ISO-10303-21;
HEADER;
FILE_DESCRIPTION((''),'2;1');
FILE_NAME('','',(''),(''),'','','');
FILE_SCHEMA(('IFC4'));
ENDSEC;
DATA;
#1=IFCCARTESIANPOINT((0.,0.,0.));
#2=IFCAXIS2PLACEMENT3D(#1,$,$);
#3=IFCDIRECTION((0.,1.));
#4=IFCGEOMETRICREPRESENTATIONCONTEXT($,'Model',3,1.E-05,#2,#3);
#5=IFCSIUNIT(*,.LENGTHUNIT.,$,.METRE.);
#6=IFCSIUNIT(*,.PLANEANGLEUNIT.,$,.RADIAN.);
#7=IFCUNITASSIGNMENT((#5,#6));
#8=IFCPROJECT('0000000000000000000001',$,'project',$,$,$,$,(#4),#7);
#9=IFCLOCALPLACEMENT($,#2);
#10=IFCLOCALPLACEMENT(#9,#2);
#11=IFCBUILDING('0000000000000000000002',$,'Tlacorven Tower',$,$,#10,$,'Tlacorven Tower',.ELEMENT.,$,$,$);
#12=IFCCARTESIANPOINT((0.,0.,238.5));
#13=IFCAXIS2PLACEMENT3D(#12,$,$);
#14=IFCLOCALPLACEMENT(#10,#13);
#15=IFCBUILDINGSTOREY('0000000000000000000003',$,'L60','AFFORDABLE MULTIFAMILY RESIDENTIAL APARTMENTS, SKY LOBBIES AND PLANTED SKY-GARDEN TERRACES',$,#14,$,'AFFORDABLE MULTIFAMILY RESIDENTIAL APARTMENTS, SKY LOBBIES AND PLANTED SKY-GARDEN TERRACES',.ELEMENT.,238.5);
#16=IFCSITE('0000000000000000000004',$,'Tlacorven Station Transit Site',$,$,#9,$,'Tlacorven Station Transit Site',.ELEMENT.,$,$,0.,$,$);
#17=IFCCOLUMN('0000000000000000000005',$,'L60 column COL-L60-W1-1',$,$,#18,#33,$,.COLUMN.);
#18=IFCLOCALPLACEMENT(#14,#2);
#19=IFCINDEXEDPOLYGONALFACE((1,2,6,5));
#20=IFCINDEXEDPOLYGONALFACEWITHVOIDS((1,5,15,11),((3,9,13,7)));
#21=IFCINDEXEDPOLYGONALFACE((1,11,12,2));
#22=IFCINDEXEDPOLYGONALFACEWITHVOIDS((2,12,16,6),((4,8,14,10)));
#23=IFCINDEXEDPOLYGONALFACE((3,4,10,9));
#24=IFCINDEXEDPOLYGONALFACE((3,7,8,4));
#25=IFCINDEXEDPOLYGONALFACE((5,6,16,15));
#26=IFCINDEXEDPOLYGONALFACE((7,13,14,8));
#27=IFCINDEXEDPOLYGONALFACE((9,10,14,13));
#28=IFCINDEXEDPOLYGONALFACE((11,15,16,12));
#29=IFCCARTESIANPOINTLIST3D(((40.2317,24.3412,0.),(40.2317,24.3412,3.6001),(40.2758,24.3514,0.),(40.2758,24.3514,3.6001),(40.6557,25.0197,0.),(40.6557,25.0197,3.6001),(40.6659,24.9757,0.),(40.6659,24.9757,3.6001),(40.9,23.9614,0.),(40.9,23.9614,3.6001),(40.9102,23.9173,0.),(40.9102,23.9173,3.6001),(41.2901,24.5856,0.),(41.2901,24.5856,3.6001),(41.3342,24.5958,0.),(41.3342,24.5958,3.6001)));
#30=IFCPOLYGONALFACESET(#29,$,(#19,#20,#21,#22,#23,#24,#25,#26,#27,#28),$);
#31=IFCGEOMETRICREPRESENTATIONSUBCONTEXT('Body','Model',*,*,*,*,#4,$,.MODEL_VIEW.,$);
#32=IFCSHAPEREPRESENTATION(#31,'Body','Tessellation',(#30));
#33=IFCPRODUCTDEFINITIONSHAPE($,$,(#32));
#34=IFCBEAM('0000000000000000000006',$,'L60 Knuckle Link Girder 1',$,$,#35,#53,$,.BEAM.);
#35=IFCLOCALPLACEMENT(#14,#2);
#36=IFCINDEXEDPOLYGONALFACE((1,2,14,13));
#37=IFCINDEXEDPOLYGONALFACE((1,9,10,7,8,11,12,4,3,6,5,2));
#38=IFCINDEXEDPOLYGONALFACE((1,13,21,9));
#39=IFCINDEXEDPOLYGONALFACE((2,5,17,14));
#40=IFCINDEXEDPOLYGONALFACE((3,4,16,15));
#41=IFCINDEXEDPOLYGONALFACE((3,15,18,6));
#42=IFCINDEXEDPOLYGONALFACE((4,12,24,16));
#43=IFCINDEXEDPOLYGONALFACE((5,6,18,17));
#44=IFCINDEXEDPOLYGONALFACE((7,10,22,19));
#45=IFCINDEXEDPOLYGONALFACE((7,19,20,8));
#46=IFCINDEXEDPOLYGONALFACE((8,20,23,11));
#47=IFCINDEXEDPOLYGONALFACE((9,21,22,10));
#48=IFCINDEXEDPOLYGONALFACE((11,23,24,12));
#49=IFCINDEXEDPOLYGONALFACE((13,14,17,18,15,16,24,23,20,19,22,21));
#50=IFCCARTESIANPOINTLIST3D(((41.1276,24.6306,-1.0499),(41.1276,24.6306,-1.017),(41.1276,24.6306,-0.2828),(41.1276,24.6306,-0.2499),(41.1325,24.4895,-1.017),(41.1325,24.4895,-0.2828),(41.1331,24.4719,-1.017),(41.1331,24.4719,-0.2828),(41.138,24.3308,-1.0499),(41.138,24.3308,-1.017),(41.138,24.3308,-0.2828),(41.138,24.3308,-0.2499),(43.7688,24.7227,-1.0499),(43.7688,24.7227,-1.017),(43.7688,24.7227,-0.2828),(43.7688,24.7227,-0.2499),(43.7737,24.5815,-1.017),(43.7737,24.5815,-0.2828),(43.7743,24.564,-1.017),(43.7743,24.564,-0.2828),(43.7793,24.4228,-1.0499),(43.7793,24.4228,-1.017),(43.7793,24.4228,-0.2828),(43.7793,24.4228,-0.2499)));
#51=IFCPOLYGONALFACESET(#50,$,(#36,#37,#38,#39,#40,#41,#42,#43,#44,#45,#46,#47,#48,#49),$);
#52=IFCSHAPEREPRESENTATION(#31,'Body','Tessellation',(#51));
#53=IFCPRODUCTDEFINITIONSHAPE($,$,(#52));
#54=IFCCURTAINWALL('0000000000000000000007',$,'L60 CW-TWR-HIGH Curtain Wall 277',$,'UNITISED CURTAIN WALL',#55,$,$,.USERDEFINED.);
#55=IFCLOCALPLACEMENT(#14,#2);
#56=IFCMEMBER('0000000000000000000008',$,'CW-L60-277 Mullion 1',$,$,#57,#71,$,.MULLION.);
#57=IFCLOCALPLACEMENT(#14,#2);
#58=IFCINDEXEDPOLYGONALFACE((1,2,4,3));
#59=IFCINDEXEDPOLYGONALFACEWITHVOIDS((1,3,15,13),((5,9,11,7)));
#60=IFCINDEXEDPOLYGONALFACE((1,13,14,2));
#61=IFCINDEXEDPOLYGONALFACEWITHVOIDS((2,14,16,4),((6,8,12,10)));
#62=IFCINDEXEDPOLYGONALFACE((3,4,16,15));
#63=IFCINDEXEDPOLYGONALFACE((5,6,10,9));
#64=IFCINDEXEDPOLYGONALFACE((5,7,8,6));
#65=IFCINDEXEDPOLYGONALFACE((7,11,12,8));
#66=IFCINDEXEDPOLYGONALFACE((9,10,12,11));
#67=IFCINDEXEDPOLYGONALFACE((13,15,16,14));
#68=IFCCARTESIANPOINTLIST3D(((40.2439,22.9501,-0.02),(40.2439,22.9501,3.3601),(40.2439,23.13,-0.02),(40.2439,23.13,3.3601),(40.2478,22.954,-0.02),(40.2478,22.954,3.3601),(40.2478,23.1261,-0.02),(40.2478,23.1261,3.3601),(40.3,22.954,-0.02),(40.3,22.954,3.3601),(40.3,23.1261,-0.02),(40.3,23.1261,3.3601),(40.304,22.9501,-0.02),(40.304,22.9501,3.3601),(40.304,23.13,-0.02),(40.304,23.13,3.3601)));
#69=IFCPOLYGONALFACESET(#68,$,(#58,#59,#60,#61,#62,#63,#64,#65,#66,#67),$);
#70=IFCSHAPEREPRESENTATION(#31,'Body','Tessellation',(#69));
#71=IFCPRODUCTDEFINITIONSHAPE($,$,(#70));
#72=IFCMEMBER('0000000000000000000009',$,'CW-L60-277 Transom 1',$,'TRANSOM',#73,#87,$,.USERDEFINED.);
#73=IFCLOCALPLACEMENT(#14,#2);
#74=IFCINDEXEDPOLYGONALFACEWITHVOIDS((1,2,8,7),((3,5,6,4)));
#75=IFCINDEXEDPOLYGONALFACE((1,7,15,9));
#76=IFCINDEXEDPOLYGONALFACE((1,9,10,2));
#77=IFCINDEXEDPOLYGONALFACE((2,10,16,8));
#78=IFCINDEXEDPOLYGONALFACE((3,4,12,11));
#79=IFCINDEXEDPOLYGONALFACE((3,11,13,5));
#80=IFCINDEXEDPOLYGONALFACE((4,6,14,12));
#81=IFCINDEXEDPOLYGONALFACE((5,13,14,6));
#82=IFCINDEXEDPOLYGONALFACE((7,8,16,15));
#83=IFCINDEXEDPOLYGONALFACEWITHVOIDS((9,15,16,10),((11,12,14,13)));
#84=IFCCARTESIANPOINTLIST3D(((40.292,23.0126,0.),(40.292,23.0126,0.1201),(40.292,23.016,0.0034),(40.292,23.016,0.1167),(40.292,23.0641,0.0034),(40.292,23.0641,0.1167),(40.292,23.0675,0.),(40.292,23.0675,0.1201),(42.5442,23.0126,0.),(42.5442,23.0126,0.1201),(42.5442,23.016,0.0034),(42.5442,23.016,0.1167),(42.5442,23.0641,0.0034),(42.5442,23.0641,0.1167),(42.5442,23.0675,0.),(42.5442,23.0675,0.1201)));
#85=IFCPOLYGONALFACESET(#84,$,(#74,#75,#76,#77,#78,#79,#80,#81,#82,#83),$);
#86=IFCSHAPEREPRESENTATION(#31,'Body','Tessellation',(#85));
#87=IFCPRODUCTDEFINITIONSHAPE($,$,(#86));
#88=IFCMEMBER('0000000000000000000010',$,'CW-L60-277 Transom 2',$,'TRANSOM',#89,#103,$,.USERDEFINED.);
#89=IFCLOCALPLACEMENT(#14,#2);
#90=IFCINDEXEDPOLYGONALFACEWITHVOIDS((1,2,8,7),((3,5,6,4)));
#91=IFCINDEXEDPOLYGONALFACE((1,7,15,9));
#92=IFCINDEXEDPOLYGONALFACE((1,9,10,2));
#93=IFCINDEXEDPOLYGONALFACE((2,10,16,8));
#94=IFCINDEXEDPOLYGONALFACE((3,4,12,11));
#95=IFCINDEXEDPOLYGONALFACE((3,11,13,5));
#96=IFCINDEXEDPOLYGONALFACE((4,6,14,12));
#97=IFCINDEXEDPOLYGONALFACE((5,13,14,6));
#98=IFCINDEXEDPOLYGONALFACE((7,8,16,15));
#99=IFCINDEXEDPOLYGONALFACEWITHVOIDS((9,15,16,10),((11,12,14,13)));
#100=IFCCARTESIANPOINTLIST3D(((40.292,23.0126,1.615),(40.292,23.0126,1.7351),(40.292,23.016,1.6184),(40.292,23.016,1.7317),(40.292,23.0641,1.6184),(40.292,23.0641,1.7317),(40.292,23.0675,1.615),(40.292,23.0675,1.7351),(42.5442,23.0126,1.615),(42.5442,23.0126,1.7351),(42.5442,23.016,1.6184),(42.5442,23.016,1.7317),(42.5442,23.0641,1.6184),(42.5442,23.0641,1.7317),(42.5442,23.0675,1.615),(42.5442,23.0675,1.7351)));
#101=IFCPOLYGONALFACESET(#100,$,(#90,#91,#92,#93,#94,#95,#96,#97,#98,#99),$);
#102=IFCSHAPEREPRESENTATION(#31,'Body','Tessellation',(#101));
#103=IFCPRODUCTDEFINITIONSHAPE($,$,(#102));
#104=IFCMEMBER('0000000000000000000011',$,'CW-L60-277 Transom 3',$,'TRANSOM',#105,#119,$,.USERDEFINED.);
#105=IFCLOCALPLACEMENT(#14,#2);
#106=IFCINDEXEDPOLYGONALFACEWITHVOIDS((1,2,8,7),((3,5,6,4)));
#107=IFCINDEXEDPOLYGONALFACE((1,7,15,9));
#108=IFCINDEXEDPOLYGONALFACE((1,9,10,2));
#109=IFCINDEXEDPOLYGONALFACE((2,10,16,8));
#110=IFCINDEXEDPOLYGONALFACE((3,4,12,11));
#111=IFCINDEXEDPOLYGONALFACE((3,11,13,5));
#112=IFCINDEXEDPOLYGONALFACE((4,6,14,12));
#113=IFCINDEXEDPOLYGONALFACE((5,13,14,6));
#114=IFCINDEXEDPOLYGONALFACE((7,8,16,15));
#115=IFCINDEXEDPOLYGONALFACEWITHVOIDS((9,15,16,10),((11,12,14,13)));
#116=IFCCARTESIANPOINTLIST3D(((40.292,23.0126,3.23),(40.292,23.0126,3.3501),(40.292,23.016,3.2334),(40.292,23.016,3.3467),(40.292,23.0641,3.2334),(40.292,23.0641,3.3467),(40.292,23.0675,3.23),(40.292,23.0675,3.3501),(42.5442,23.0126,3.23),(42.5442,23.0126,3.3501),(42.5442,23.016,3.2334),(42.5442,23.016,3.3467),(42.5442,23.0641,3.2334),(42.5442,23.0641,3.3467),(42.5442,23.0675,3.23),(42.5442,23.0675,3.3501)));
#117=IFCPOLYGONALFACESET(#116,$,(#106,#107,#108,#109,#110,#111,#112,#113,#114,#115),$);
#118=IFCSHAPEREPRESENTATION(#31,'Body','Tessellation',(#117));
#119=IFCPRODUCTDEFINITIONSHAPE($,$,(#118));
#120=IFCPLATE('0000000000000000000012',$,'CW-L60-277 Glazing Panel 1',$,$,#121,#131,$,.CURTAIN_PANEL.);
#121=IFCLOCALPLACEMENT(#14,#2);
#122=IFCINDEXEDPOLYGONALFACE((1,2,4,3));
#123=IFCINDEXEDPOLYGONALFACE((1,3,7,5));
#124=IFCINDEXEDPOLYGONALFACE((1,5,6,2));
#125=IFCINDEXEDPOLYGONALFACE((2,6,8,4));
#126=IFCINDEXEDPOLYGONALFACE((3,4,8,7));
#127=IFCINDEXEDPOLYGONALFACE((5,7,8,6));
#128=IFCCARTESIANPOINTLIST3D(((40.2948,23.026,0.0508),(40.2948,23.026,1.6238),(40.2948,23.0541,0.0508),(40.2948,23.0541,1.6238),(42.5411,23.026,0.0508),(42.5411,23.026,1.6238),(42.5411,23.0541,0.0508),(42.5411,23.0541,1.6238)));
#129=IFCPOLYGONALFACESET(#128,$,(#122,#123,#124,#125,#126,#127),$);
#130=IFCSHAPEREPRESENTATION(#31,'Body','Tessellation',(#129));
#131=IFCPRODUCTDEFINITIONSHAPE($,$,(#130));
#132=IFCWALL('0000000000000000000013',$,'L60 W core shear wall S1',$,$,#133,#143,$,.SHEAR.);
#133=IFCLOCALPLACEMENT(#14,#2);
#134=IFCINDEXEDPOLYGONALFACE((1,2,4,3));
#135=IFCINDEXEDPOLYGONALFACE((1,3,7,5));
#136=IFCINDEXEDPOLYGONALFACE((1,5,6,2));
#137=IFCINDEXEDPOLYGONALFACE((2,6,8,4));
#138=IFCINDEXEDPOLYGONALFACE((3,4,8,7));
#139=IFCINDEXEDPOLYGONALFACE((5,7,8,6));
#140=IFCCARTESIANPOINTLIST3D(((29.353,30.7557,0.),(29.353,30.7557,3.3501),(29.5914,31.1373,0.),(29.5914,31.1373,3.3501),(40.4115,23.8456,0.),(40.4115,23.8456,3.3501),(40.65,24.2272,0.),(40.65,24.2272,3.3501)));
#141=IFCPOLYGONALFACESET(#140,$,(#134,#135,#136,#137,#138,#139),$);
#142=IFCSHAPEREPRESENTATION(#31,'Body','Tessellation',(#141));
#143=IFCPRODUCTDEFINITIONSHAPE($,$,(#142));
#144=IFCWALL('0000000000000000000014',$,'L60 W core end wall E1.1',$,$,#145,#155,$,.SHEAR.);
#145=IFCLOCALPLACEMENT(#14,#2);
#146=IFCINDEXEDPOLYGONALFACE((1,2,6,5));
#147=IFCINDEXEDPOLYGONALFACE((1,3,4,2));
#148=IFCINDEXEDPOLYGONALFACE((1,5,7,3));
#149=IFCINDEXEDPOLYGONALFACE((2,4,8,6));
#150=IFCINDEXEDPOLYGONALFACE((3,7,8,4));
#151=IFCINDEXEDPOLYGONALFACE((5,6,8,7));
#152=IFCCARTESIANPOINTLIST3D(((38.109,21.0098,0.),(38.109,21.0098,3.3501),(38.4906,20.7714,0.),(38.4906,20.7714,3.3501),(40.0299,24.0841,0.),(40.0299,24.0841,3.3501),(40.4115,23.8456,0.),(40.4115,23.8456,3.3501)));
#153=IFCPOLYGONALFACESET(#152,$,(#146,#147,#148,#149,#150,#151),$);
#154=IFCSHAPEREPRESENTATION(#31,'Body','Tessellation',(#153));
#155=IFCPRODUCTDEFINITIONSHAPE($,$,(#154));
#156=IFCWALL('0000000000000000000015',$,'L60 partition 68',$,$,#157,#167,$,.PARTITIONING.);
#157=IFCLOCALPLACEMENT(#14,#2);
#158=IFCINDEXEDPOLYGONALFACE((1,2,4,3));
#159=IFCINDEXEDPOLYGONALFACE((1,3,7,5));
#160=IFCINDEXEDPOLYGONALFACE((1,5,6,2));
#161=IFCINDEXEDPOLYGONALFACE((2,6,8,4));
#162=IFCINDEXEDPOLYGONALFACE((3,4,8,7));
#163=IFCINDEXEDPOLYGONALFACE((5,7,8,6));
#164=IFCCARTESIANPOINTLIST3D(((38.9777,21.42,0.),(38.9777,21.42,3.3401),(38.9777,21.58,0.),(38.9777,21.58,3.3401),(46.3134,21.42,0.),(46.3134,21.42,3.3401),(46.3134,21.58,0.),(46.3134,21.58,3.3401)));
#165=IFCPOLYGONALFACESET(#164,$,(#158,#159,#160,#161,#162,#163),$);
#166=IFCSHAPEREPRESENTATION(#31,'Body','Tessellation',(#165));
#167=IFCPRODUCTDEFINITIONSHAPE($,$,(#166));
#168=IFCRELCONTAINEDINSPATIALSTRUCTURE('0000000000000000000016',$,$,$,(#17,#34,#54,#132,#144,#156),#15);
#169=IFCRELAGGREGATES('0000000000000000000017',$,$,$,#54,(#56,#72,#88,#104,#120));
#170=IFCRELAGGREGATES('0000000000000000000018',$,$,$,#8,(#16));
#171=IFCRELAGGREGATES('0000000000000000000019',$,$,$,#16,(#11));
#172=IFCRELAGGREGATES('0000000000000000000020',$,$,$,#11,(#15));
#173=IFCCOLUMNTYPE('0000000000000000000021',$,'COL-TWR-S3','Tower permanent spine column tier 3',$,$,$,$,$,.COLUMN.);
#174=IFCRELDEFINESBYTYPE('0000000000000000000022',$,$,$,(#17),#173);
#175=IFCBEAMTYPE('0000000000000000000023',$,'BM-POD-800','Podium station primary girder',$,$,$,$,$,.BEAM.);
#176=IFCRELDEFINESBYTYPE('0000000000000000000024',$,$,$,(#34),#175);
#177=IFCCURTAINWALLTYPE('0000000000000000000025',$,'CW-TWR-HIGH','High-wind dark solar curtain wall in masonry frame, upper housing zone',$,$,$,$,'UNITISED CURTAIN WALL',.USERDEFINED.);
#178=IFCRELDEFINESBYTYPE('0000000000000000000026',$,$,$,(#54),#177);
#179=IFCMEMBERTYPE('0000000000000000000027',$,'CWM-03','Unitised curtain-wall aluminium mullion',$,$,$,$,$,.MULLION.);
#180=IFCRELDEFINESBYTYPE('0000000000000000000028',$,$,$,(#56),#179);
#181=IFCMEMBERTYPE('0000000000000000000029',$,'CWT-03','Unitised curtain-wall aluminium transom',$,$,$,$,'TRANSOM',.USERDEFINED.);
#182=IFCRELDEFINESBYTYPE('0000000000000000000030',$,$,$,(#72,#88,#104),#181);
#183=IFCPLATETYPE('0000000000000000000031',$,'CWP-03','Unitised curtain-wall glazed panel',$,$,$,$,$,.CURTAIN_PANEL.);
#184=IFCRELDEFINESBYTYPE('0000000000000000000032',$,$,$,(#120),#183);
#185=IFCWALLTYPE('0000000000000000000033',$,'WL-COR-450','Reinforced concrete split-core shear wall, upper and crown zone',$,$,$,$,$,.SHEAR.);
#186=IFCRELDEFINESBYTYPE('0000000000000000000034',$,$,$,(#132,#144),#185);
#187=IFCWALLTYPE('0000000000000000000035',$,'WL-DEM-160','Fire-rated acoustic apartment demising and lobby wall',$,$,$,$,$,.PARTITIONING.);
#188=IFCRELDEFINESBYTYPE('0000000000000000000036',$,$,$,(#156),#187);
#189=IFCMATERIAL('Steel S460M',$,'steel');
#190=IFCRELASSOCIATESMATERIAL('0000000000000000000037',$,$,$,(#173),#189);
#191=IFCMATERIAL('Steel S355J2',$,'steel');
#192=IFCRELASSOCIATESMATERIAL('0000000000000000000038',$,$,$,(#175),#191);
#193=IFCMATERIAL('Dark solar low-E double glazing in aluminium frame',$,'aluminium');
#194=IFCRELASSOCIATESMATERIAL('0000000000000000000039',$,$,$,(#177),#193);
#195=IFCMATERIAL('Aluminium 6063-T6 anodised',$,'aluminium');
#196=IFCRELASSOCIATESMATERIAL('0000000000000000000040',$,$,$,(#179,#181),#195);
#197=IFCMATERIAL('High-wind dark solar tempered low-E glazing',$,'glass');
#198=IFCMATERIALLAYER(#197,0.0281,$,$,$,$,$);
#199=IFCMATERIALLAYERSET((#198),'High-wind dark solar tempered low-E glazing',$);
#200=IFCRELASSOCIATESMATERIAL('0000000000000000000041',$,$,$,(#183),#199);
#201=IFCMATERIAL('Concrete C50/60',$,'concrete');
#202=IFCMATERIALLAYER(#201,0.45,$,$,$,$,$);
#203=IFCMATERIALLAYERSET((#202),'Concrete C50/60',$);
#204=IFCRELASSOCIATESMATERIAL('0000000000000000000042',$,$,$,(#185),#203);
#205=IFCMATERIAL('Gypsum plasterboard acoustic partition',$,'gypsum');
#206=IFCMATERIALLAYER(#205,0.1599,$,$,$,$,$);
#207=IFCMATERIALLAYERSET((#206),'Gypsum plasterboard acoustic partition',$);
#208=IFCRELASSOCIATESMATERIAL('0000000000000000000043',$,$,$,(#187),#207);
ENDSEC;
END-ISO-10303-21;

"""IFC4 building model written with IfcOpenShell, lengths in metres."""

from ifc_helpers import new_model, si_unit, direction, frame, frame_2d, origin, origin_2d, place, context, subcontext, project, spatial, rectangle, hollow_rectangle, i_section, extrude, source, transform, mapped, material, layer, layer_set, material_profile, profile_set, type_object, element, aggregate, save


model = new_model("IFC4")

# Units and contexts
model_context = context("Model", 3, precision=1e-05, world=origin(), true_north=direction((0.0, 1.0)))
body_context = subcontext(model_context, "Body", "Model", "MODEL_VIEW")
ifc_project = project(units=[si_unit("LENGTHUNIT", "METRE"), si_unit("PLANEANGLEUNIT", "RADIAN")], contexts=[model_context])

# Site, building, storey
site_placement = place(None, origin())
site = spatial("IfcSite", under=ifc_project, at=site_placement, Name="Tlacorven Station Transit Site", LongName="Tlacorven Station Transit Site", CompositionType="ELEMENT", RefElevation=0.0)
building_placement = place(site_placement, origin())
building = spatial("IfcBuilding", under=site, at=building_placement, Name="Tlacorven Tower", LongName="Tlacorven Tower", CompositionType="ELEMENT")
storey_placement = place(building_placement, frame((0.0, 0.0, 238.5)))
storey = spatial("IfcBuildingStorey", under=building, at=storey_placement, Name="L60", Description="AFFORDABLE MULTIFAMILY RESIDENTIAL APARTMENTS, SKY LOBBIES AND PLANTED SKY-GARDEN TERRACES", LongName="AFFORDABLE MULTIFAMILY RESIDENTIAL APARTMENTS, SKY LOBBIES AND PLANTED SKY-GARDEN TERRACES", CompositionType="ELEMENT", Elevation=238.5)

# Column
ifc_material_1 = material(Name="Steel S460M", Category="steel")
ifc_material_profile_1 = material_profile(ifc_material_1, hollow_rectangle(XDim=0.8, YDim=0.8, WallThickness=0.032, at=origin_2d()), Name="BOX 800X800X32")
ifc_profile_set_1 = profile_set([ifc_material_profile_1], Name="Steel S460M")
column_type = type_object("IfcColumnType", Name="COL-TWR-S3", Description="Tower permanent spine column tier 3", PredefinedType="COLUMN", material=ifc_profile_set_1)
shared_shape_1 = source(origin(), body_context, "Body", "SweptSolid", [
    extrude(hollow_rectangle(XDim=0.8, YDim=0.8, WallThickness=0.032, at=origin_2d()), origin(), (0.0, 0.0, 1.0), 3.6001),
])
column_placement = place(storey_placement, frame((40.783, 24.4685, 0.0), z_axis=(0.0, 0.0, 1.0), x_axis=(-0.848048, 0.529919, 0.0)))
element("IfcColumn", 1, at=column_placement, inside=storey, type_object=column_type, Name="L60 column COL-L60-W1-1", PredefinedType="COLUMN", context=body_context, shape_type="MappedRepresentation", body=[
    mapped(shared_shape_1, transform((0.0, 0.0, 0.0), scale=1.0)),
])

# Beam
ifc_material_2 = material(Name="Steel S355J2", Category="steel")
ifc_material_profile_2 = material_profile(ifc_material_2, i_section(OverallWidth=0.3, OverallDepth=0.8, WebThickness=0.0176, FlangeThickness=0.033, at=origin_2d()), Name="HEB 800")
ifc_profile_set_2 = profile_set([ifc_material_profile_2], Name="Steel S355J2")
beam_type = type_object("IfcBeamType", Name="BM-POD-800", Description="Podium station primary girder", PredefinedType="BEAM", material=ifc_profile_set_2)
shared_shape_2 = source(origin(), body_context, "Body", "SweptSolid", [
    extrude(i_section(OverallWidth=0.3, OverallDepth=0.8, WebThickness=0.0176, FlangeThickness=0.033, at=origin_2d()), origin(), (0.0, 0.0, 1.0), 2.6428),
])
beam_placement = place(storey_placement, frame((41.1328, 24.4807, -0.6499), z_axis=(0.999393, 0.034828, 0.0), x_axis=(-0.034828, 0.999393, 0.0)))
element("IfcBeam", 2, at=beam_placement, inside=storey, type_object=beam_type, Name="L60 Knuckle Link Girder 1", PredefinedType="BEAM", context=body_context, shape_type="MappedRepresentation", body=[
    mapped(shared_shape_2, transform((0.0, 0.0, 0.0), scale=1.0)),
])

# Curtain wall, members, plate
ifc_material_3 = material(Name="Dark solar low-E double glazing in aluminium frame", Category="aluminium")
curtain_wall_type = type_object("IfcCurtainWallType", Name="CW-TWR-HIGH", Description="High-wind dark solar curtain wall in masonry frame, upper housing zone", ElementType="UNITISED CURTAIN WALL", PredefinedType="USERDEFINED", material=ifc_material_3)
curtain_wall_placement = place(storey_placement, origin())
curtain_wall = element("IfcCurtainWall", 3, at=curtain_wall_placement, inside=storey, type_object=curtain_wall_type, Name="L60 CW-TWR-HIGH Curtain Wall 277", ObjectType="UNITISED CURTAIN WALL", PredefinedType="USERDEFINED")
ifc_material_4 = material(Name="Aluminium 6063-T6 anodised", Category="aluminium")
ifc_material_profile_3 = material_profile(ifc_material_4, hollow_rectangle(XDim=0.0601, YDim=0.1799, WallThickness=0.0039, at=origin_2d()), Name="ALU MULLION 60X180")
ifc_profile_set_3 = profile_set([ifc_material_profile_3], Name="Aluminium 6063-T6 anodised")
member_type_1 = type_object("IfcMemberType", Name="CWM-03", Description="Unitised curtain-wall aluminium mullion", PredefinedType="MULLION", material=ifc_profile_set_3)
shared_shape_3 = source(origin(), body_context, "Body", "SweptSolid", [
    extrude(hollow_rectangle(XDim=0.0601, YDim=0.1799, WallThickness=0.0039, at=origin_2d()), origin(), (0.0, 0.0, 1.0), 3.3801),
])
member_1_placement = place(storey_placement, frame((40.2739, 23.04, -0.02), z_axis=(0.0, 0.0, 1.0), x_axis=(1.0, 0.0, 0.0)))
member_1 = element("IfcMember", 4, at=member_1_placement, type_object=member_type_1, Name="CW-L60-277 Mullion 1", PredefinedType="MULLION", context=body_context, shape_type="MappedRepresentation", body=[
    mapped(shared_shape_3, transform((0.0, 0.0, 0.0), scale=1.0)),
])
ifc_material_profile_4 = material_profile(ifc_material_4, hollow_rectangle(XDim=0.0549, YDim=0.1201, WallThickness=0.0034, at=origin_2d()), Name="ALU TRANSOM 55X120")
ifc_profile_set_4 = profile_set([ifc_material_profile_4], Name="Aluminium 6063-T6 anodised")
member_type_2 = type_object("IfcMemberType", Name="CWT-03", Description="Unitised curtain-wall aluminium transom", ElementType="TRANSOM", PredefinedType="USERDEFINED", material=ifc_profile_set_4)
shared_shape_4 = source(origin(), body_context, "Body", "SweptSolid", [
    extrude(hollow_rectangle(XDim=0.0549, YDim=0.1201, WallThickness=0.0034, at=origin_2d()), origin(), (0.0, 0.0, 1.0), 2.2522),
])
member_2_placement = place(storey_placement, frame((40.292, 23.04, 0.0601), z_axis=(1.0, 0.0, 0.0), x_axis=(0.0, 1.0, 0.0)))
member_2 = element("IfcMember", 5, at=member_2_placement, type_object=member_type_2, Name="CW-L60-277 Transom 1", ObjectType="TRANSOM", PredefinedType="USERDEFINED", context=body_context, shape_type="MappedRepresentation", body=[
    mapped(shared_shape_4, transform((0.0, 0.0, 0.0), scale=1.0)),
])
member_3_placement = place(storey_placement, frame((40.292, 23.04, 1.675), z_axis=(1.0, 0.0, 0.0), x_axis=(0.0, 1.0, 0.0)))
member_3 = element("IfcMember", 6, at=member_3_placement, type_object=member_type_2, Name="CW-L60-277 Transom 2", ObjectType="TRANSOM", PredefinedType="USERDEFINED", context=body_context, shape_type="MappedRepresentation", body=[
    mapped(shared_shape_4, transform((0.0, 0.0, 0.0), scale=1.0)),
])
member_4_placement = place(storey_placement, frame((40.292, 23.04, 3.29), z_axis=(1.0, 0.0, 0.0), x_axis=(0.0, 1.0, 0.0)))
member_4 = element("IfcMember", 7, at=member_4_placement, type_object=member_type_2, Name="CW-L60-277 Transom 3", ObjectType="TRANSOM", PredefinedType="USERDEFINED", context=body_context, shape_type="MappedRepresentation", body=[
    mapped(shared_shape_4, transform((0.0, 0.0, 0.0), scale=1.0)),
])
ifc_material_5 = material(Name="High-wind dark solar tempered low-E glazing", Category="glass")
ifc_layer_1 = layer(ifc_material_5, 0.0281)
ifc_layer_set_1 = layer_set([ifc_layer_1], Name="High-wind dark solar tempered low-E glazing")
plate_type = type_object("IfcPlateType", Name="CWP-03", Description="Unitised curtain-wall glazed panel", PredefinedType="CURTAIN_PANEL", material=ifc_layer_set_1)
shared_shape_5 = source(origin(), body_context, "Body", "SweptSolid", [
    extrude(rectangle(XDim=2.2463, YDim=0.0281, at=origin_2d()), origin(), (0.0, 0.0, 1.0), 1.573),
])
plate_placement = place(storey_placement, frame((41.418, 23.04, 0.0508), z_axis=(0.0, 0.0, 1.0), x_axis=(1.0, 0.0, 0.0)))
plate = element("IfcPlate", 8, at=plate_placement, type_object=plate_type, Name="CW-L60-277 Glazing Panel 1", PredefinedType="CURTAIN_PANEL", context=body_context, shape_type="MappedRepresentation", body=[
    mapped(shared_shape_5, transform((0.0, 0.0, 0.0), scale=1.0)),
])
aggregate(curtain_wall, [member_1, member_2, member_3, member_4, plate])

# Walls
ifc_material_6 = material(Name="Concrete C50/60", Category="concrete")
ifc_layer_2 = layer(ifc_material_6, 0.45)
ifc_layer_set_2 = layer_set([ifc_layer_2], Name="Concrete C50/60")
wall_type_1 = type_object("IfcWallType", Name="WL-COR-450", Description="Reinforced concrete split-core shear wall, upper and crown zone", PredefinedType="SHEAR", material=ifc_layer_set_2)
wall_1_placement = place(storey_placement, frame((40.5308, 24.0364, 0.0), z_axis=(0.0, 0.0, 1.0), x_axis=(-0.848049, 0.529918, 0.0)))
element("IfcWall", 9, at=wall_1_placement, inside=storey, type_object=wall_type_1, Name="L60 W core shear wall S1", PredefinedType="SHEAR", context=body_context, shape_type="SweptSolid", body=[
    extrude(rectangle(XDim=13.04, YDim=0.45, at=frame_2d((6.52, 0.0))), origin(), (0.0, 0.0, 1.0), 3.3501),
])
wall_2_placement = place(storey_placement, frame((40.2207, 23.9648, 0.0), z_axis=(0.0, 0.0, 1.0), x_axis=(-0.529902, -0.848059, 0.0)))
element("IfcWall", 10, at=wall_2_placement, inside=storey, type_object=wall_type_1, Name="L60 W core end wall E1.1", PredefinedType="SHEAR", context=body_context, shape_type="SweptSolid", body=[
    extrude(rectangle(XDim=3.625, YDim=0.45, at=frame_2d((1.8125, 0.0))), origin(), (0.0, 0.0, 1.0), 3.3501),
])
ifc_material_7 = material(Name="Gypsum plasterboard acoustic partition", Category="gypsum")
ifc_layer_3 = layer(ifc_material_7, 0.1599)
ifc_layer_set_3 = layer_set([ifc_layer_3], Name="Gypsum plasterboard acoustic partition")
wall_type_2 = type_object("IfcWallType", Name="WL-DEM-160", Description="Fire-rated acoustic apartment demising and lobby wall", PredefinedType="PARTITIONING", material=ifc_layer_set_3)
wall_3_placement = place(storey_placement, frame((38.9775, 21.5, 0.0), z_axis=(0.0, 0.0, 1.0), x_axis=(1.0, 0.0, 0.0)))
element("IfcWall", 11, at=wall_3_placement, inside=storey, type_object=wall_type_2, Name="L60 partition 68", PredefinedType="PARTITIONING", context=body_context, shape_type="SweptSolid", body=[
    extrude(rectangle(XDim=7.3357, YDim=0.1599, at=frame_2d((3.668, 0.0))), origin(), (0.0, 0.0, 1.0), 3.3401),
])

save(model, "model.ifc")
